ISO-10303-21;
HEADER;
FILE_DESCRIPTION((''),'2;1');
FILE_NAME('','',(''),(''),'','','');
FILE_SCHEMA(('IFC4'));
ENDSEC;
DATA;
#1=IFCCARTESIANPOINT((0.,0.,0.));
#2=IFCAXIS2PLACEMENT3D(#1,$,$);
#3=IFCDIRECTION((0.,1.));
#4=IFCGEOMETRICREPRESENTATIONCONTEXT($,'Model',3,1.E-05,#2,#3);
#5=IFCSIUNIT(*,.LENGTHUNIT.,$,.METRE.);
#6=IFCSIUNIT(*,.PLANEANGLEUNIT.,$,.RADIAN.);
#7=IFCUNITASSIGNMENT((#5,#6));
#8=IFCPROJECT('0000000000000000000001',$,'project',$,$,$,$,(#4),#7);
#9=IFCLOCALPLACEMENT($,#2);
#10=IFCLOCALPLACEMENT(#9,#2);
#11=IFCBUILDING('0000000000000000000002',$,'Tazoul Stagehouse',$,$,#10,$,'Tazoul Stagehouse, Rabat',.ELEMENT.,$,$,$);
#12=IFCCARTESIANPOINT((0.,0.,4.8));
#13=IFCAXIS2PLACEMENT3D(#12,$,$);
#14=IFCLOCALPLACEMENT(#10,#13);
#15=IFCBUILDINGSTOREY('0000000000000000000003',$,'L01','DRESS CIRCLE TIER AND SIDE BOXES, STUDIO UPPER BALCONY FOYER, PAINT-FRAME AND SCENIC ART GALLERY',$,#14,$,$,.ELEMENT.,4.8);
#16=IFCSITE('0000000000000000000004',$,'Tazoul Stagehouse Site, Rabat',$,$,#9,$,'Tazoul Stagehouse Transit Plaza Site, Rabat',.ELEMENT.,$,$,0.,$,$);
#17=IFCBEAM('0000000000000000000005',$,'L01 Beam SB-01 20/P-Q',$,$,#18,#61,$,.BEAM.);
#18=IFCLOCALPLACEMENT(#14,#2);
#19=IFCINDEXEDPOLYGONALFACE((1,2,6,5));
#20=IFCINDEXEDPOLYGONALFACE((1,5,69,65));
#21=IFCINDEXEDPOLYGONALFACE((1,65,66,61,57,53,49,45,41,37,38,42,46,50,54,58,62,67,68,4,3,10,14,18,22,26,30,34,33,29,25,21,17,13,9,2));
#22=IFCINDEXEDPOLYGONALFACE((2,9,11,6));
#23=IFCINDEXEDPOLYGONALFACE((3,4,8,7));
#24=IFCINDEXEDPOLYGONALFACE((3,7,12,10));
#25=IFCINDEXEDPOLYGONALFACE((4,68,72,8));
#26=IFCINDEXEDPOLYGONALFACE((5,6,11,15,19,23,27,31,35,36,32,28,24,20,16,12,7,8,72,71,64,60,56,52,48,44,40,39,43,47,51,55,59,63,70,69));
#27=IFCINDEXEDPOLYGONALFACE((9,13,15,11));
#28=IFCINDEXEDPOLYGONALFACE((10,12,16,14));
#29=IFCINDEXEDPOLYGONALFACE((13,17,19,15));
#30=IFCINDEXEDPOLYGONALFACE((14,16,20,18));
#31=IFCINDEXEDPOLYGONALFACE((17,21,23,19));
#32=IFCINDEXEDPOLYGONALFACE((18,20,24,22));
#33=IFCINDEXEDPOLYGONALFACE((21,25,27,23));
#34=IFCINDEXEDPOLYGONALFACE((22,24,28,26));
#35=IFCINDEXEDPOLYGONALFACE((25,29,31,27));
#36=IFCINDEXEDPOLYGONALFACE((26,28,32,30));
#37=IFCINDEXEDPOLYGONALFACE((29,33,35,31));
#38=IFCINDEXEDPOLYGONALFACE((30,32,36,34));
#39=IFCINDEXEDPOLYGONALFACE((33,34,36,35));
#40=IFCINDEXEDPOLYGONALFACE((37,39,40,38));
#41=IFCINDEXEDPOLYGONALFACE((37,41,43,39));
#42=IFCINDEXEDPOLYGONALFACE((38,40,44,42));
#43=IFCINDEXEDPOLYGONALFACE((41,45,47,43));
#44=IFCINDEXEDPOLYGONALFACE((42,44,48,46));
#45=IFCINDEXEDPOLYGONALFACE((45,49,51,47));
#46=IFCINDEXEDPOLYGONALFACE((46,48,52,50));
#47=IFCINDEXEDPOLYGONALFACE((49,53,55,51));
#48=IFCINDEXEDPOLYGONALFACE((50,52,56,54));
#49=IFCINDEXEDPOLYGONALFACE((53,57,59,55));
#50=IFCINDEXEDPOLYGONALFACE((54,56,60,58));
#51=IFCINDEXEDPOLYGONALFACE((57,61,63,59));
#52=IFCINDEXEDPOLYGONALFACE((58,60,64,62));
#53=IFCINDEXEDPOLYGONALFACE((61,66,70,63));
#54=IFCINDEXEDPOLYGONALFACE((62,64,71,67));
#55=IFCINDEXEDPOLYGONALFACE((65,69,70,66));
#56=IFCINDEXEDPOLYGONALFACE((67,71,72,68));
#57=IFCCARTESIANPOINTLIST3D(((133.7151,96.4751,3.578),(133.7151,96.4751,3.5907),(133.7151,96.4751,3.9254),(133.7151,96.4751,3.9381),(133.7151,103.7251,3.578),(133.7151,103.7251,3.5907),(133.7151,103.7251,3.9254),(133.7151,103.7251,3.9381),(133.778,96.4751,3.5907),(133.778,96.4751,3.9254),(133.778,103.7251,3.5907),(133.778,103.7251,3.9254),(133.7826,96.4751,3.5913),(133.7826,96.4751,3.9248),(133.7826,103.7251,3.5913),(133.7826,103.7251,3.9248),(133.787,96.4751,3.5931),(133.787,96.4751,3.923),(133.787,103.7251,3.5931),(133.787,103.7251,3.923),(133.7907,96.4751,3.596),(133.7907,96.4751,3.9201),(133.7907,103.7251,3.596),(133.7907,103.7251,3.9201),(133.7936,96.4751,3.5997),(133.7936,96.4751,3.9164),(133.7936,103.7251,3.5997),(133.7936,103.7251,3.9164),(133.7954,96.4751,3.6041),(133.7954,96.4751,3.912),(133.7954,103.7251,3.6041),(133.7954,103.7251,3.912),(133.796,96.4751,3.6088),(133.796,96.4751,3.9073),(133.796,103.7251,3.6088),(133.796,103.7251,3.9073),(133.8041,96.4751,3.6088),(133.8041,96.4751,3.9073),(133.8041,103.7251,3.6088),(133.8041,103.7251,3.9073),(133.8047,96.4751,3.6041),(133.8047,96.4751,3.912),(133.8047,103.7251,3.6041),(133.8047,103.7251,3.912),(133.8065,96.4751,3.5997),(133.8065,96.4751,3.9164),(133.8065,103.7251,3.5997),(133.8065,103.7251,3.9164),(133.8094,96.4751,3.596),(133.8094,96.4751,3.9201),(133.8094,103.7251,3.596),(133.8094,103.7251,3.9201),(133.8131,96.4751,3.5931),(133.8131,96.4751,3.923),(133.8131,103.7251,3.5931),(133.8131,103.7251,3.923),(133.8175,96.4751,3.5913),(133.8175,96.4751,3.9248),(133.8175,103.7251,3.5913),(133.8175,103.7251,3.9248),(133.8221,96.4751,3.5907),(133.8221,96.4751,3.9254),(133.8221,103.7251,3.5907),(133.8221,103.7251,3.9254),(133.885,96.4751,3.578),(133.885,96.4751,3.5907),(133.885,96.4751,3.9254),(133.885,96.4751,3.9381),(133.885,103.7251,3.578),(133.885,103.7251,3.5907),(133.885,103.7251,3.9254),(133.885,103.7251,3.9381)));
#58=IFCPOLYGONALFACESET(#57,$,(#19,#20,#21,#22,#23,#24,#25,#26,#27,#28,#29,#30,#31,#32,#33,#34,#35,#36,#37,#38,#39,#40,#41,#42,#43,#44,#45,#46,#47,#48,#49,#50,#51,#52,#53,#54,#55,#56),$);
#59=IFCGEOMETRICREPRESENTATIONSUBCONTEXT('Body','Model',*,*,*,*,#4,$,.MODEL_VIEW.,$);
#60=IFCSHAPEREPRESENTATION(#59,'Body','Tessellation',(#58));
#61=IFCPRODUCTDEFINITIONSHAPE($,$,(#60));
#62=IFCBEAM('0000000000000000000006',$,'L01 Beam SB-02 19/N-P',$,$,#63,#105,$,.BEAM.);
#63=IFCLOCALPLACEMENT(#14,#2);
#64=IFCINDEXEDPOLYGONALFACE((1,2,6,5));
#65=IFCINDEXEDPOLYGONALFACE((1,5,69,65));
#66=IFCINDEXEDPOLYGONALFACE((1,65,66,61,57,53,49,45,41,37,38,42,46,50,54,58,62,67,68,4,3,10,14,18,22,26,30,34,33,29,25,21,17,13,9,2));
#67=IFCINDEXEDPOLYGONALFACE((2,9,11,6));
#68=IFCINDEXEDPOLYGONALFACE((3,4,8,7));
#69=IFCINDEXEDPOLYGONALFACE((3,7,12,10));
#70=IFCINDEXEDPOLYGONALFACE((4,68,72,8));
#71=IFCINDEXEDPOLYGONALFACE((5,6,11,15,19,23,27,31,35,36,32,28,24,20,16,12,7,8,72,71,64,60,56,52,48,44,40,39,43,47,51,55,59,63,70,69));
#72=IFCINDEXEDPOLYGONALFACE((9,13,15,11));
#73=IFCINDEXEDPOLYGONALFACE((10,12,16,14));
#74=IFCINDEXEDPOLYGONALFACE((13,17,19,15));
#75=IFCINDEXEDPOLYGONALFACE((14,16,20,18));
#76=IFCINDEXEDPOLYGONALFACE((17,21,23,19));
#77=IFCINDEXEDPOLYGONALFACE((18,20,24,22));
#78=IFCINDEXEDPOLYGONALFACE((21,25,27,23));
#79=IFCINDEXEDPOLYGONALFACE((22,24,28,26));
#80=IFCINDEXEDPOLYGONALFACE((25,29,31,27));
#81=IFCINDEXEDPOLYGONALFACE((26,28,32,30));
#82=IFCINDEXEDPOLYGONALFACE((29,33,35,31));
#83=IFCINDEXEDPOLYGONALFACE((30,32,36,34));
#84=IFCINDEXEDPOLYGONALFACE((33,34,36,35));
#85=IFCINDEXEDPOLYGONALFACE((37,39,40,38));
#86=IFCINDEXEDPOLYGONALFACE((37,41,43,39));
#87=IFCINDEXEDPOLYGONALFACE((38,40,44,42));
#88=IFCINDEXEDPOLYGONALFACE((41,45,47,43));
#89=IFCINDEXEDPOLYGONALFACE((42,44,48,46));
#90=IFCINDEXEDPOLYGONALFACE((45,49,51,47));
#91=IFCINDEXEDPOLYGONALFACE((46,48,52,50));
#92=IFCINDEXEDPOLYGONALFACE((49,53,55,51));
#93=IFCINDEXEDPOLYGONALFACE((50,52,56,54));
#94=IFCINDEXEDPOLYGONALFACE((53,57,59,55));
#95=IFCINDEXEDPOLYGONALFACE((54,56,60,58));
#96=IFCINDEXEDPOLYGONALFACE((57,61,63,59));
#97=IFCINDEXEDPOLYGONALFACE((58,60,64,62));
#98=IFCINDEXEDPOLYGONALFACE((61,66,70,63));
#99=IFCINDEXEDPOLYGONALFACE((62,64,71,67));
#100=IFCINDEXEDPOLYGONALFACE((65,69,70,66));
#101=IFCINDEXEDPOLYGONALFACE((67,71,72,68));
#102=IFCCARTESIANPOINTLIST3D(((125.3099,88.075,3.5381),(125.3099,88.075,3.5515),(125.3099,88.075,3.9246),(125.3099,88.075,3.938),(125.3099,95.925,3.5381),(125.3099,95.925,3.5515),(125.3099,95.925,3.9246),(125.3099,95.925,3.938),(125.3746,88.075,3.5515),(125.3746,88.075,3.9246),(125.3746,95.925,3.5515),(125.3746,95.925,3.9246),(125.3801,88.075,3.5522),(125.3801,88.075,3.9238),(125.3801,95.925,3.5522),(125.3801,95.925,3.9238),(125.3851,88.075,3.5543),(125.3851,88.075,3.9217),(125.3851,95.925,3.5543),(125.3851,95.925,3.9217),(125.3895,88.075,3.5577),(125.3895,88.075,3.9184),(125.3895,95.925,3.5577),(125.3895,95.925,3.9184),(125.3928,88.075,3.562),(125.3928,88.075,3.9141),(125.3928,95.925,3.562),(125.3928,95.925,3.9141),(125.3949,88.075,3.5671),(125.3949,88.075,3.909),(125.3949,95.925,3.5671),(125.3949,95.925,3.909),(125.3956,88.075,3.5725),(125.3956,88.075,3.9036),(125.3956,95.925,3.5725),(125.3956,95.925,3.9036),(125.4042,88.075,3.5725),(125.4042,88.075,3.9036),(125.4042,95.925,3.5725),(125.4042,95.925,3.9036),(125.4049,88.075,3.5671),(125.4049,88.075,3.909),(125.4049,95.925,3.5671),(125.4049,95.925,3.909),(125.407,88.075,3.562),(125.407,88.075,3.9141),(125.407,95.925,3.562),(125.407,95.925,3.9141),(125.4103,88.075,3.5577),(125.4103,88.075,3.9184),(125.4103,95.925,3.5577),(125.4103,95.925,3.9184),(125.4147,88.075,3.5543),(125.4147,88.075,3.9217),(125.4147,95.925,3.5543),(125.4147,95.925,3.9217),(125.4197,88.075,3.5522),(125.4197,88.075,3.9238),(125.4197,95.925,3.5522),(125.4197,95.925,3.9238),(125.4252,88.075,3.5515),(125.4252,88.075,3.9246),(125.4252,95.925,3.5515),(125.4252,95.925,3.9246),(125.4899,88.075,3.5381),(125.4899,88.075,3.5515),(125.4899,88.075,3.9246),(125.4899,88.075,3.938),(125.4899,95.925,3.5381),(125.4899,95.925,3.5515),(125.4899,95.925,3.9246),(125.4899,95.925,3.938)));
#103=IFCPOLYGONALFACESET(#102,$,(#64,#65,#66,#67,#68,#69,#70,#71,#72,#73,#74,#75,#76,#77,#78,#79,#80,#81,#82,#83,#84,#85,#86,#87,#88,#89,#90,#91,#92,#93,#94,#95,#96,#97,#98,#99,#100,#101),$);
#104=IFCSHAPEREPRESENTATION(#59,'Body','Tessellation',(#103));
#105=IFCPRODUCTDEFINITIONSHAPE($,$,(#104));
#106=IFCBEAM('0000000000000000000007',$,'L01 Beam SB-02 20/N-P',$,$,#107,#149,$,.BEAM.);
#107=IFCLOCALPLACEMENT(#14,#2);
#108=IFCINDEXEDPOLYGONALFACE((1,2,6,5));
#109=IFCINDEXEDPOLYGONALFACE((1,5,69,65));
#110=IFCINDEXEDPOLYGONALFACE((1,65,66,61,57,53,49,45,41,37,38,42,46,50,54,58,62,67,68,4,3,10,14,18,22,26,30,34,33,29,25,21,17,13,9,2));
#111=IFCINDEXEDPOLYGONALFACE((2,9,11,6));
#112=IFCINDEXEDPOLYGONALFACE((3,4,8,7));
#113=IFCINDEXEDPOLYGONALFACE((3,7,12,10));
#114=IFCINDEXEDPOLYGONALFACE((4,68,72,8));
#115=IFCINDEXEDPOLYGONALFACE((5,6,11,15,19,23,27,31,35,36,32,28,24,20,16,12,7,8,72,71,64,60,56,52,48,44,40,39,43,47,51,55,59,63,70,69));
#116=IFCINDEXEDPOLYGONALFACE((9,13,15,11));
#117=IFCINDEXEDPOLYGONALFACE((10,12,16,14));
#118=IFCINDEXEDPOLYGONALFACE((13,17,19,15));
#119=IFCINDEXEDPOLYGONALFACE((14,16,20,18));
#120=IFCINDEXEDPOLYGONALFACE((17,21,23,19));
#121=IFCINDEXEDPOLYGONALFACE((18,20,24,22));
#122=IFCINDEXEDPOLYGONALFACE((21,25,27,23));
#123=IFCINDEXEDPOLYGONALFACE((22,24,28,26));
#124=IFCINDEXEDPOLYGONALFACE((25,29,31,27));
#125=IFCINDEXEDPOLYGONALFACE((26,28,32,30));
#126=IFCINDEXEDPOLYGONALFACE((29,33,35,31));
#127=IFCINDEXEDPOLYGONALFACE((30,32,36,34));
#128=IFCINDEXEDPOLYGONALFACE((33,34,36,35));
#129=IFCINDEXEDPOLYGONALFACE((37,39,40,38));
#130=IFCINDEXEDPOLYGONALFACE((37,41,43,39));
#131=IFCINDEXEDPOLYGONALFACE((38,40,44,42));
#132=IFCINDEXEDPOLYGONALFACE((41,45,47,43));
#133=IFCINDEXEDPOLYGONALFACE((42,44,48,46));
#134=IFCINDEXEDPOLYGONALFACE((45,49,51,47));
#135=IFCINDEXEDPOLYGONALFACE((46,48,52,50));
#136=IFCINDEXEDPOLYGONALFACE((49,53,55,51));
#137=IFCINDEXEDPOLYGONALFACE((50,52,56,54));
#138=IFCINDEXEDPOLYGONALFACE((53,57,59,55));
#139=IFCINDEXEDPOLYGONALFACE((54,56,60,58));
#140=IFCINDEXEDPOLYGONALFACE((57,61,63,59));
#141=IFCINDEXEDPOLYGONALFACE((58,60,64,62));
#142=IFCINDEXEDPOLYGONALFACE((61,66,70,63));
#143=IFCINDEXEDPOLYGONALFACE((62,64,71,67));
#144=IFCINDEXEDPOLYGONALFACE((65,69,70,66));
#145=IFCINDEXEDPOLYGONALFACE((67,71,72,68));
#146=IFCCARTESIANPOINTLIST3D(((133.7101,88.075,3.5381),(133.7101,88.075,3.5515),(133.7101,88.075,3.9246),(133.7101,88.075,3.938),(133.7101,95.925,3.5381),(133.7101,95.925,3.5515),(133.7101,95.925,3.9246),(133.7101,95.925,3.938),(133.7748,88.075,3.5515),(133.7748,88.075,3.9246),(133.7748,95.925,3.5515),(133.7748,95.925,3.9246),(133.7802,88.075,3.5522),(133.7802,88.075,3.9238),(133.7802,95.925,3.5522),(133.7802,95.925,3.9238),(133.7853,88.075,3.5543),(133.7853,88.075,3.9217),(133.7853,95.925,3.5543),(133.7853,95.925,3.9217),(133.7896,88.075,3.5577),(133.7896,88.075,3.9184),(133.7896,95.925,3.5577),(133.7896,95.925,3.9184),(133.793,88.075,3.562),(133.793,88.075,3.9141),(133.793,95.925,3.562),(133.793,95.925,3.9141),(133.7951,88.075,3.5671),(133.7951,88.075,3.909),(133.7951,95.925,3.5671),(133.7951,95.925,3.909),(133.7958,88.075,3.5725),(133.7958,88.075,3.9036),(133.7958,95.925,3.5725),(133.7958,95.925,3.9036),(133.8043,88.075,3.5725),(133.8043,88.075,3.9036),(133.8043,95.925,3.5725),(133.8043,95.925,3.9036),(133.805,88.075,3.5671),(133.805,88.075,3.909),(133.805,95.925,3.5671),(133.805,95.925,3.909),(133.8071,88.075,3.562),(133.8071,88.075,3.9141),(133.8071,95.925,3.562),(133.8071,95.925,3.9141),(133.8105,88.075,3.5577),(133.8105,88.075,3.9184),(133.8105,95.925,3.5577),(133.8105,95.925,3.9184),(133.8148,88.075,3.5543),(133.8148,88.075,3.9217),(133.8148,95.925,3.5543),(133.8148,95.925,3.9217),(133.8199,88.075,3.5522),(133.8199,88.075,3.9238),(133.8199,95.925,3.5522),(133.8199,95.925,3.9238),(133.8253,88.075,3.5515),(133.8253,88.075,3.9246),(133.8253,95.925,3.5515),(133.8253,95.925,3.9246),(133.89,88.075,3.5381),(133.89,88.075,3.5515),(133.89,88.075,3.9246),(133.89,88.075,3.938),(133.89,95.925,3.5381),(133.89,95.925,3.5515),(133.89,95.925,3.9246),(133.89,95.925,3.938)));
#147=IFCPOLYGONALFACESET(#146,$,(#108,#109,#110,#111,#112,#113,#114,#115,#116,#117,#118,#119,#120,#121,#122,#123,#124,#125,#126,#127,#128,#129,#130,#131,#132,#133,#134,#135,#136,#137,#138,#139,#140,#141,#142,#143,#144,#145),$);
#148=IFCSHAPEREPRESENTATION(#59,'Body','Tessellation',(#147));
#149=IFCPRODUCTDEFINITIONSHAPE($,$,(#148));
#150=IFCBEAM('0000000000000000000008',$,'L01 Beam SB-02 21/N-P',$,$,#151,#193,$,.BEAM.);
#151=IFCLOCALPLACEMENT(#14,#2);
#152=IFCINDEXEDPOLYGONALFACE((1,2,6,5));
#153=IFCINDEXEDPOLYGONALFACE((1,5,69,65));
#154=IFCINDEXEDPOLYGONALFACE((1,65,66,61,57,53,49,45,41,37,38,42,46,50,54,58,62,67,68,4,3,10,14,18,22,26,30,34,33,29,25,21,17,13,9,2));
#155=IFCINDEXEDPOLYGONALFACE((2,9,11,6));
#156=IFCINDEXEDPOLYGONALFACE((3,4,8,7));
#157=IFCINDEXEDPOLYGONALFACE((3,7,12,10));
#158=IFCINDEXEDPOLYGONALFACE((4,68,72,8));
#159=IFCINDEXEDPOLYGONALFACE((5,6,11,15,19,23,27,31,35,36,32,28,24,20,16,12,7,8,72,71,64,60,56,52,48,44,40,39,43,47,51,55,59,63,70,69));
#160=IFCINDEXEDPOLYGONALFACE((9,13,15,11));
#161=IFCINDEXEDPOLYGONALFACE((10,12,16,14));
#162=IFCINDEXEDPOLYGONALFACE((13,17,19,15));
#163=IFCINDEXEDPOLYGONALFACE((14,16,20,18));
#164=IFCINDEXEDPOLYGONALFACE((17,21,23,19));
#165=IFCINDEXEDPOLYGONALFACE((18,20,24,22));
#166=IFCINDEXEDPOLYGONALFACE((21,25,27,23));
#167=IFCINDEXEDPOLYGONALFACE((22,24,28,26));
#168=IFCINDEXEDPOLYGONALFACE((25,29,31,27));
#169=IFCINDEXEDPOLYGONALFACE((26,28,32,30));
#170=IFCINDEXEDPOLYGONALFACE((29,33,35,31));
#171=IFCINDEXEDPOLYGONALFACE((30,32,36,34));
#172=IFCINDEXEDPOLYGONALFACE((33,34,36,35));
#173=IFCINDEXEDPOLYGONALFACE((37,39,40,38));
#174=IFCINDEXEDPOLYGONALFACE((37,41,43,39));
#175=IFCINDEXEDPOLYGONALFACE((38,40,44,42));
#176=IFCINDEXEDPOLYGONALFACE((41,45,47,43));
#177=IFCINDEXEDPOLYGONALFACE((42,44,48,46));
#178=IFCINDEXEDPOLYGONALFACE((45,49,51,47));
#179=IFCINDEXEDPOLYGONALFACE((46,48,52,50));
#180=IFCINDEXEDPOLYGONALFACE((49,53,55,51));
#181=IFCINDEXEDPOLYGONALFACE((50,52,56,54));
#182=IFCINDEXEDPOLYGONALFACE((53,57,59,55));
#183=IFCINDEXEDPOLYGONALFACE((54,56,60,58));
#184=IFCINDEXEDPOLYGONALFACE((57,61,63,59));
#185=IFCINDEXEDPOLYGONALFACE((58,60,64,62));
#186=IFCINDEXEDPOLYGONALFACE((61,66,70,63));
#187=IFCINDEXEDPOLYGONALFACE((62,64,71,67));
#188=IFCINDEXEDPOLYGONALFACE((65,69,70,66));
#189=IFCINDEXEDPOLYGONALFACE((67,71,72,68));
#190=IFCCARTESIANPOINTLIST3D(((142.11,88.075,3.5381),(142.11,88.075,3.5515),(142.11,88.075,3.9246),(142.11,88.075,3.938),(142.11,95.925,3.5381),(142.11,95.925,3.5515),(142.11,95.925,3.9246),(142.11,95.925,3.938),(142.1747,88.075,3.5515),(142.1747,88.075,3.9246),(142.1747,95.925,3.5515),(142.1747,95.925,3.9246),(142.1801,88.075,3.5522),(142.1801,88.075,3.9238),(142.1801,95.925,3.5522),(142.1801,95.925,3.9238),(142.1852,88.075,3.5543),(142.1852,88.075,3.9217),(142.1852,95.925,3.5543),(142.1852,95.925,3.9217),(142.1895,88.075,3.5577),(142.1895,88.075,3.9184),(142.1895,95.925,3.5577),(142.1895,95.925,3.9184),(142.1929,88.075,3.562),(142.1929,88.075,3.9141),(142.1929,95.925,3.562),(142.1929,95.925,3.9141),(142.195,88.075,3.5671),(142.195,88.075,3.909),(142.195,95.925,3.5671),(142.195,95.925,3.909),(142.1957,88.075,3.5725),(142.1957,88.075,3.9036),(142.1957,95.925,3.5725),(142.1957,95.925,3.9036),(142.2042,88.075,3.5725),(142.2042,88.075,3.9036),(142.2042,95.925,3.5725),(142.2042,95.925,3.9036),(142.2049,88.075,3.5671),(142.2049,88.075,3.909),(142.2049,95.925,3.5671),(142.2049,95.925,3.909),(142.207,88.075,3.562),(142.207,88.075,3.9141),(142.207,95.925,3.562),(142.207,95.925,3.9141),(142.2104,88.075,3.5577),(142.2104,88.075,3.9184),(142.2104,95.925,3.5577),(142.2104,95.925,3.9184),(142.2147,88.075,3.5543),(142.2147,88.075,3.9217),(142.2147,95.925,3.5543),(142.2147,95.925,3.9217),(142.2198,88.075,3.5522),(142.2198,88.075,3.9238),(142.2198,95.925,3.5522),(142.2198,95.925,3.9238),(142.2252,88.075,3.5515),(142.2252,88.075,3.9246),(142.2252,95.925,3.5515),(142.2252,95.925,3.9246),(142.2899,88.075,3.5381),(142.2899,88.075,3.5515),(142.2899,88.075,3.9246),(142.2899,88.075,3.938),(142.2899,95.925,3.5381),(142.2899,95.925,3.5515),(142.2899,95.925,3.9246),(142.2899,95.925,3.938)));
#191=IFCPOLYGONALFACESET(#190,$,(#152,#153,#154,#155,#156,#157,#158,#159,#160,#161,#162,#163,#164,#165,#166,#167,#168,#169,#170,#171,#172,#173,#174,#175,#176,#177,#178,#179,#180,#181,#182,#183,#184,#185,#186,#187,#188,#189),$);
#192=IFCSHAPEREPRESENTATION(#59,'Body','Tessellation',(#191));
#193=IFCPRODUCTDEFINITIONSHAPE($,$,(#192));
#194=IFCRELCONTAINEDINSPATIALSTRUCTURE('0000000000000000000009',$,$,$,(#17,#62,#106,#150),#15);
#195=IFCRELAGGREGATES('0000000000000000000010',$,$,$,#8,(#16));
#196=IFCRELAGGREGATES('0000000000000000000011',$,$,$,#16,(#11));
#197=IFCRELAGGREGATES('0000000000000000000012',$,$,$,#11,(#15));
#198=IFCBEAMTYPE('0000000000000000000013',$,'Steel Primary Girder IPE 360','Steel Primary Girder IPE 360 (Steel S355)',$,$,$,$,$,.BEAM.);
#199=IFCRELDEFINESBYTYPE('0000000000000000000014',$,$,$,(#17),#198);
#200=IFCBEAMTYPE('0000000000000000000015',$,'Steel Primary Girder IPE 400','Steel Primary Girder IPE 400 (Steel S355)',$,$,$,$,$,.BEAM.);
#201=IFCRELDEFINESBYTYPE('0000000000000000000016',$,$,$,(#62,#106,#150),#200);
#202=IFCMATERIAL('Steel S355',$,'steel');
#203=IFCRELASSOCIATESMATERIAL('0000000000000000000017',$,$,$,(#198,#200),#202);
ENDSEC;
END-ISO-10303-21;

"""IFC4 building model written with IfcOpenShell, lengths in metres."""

from ifc_helpers import new_model, si_unit, direction, frame, origin, origin_2d, place, context, subcontext, project, spatial, i_section, extrude, material, material_profile, profile_set, type_object, element, save


model = new_model("IFC4")

# Units and contexts
model_context = context("Model", 3, precision=1e-05, world=origin(), true_north=direction((0.0, 1.0)))
body_context = subcontext(model_context, "Body", "Model", "MODEL_VIEW")
ifc_project = project(units=[si_unit("LENGTHUNIT", "METRE"), si_unit("PLANEANGLEUNIT", "RADIAN")], contexts=[model_context])

# Site, building, storey
site_placement = place(None, origin())
site = spatial("IfcSite", under=ifc_project, at=site_placement, Name="Tazoul Stagehouse Site, Rabat", LongName="Tazoul Stagehouse Transit Plaza Site, Rabat", CompositionType="ELEMENT", RefElevation=0.0)
building_placement = place(site_placement, origin())
building = spatial("IfcBuilding", under=site, at=building_placement, Name="Tazoul Stagehouse", LongName="Tazoul Stagehouse, Rabat", CompositionType="ELEMENT")
storey_placement = place(building_placement, frame((0.0, 0.0, 4.8)))
storey = spatial("IfcBuildingStorey", under=building, at=storey_placement, Name="L01", Description="DRESS CIRCLE TIER AND SIDE BOXES, STUDIO UPPER BALCONY FOYER, PAINT-FRAME AND SCENIC ART GALLERY", CompositionType="ELEMENT", Elevation=4.8)

# Beams
ifc_material_1 = material(Name="Steel S355", Category="steel")
ifc_material_profile_1 = material_profile(ifc_material_1, i_section(OverallWidth=0.1699, OverallDepth=0.3601, WebThickness=0.0081, FlangeThickness=0.0127, FilletRadius=0.0181, at=origin_2d()), Name="IPE 360")
ifc_profile_set_1 = profile_set([ifc_material_profile_1], Name="Steel S355")
beam_type_1 = type_object("IfcBeamType", Name="Steel Primary Girder IPE 360", Description="Steel Primary Girder IPE 360 (Steel S355)", PredefinedType="BEAM", material=ifc_profile_set_1)
for number, where, z_axis, x_axis, name in (
    (1, (133.8, 96.4751, 3.7581), (0.0, 1.0, 0.0), (-1.0, 0.0, 0.0), "L01 Beam SB-01 20/P-Q"),
):
    element("IfcBeam", number, at=place(storey_placement, frame(where, z_axis=z_axis, x_axis=x_axis)), inside=storey, type_object=beam_type_1, Name=name, PredefinedType="BEAM", context=body_context, shape_type="SweptSolid", body=[
        extrude(i_section(OverallWidth=0.1699, OverallDepth=0.3601, WebThickness=0.0081, FlangeThickness=0.0127, FilletRadius=0.0181, at=origin_2d()), origin(), (0.0, 0.0, 1.0), 7.25),
    ])
ifc_material_profile_2 = material_profile(ifc_material_1, i_section(OverallWidth=0.1799, OverallDepth=0.3999, WebThickness=0.0085, FlangeThickness=0.0134, FilletRadius=0.021, at=origin_2d()), Name="IPE 400")
ifc_profile_set_2 = profile_set([ifc_material_profile_2], Name="Steel S355")
beam_type_2 = type_object("IfcBeamType", Name="Steel Primary Girder IPE 400", Description="Steel Primary Girder IPE 400 (Steel S355)", PredefinedType="BEAM", material=ifc_profile_set_2)
for number, where, z_axis, x_axis, name in (
    (2, (125.3999, 88.075, 3.738), (0.0, 1.0, 0.0), (-1.0, 0.0, 0.0), "L01 Beam SB-02 19/N-P"),
    (3, (133.8, 88.075, 3.738), (0.0, 1.0, 0.0), (-1.0, 0.0, 0.0), "L01 Beam SB-02 20/N-P"),
    (4, (142.2, 88.075, 3.738), (0.0, 1.0, 0.0), (-1.0, 0.0, 0.0), "L01 Beam SB-02 21/N-P"),
):
    element("IfcBeam", number, at=place(storey_placement, frame(where, z_axis=z_axis, x_axis=x_axis)), inside=storey, type_object=beam_type_2, Name=name, PredefinedType="BEAM", context=body_context, shape_type="SweptSolid", body=[
        extrude(i_section(OverallWidth=0.1799, OverallDepth=0.3999, WebThickness=0.0085, FlangeThickness=0.0134, FilletRadius=0.021, at=origin_2d()), origin(), (0.0, 0.0, 1.0), 7.8501),
    ])

save(model, "model.ifc")
